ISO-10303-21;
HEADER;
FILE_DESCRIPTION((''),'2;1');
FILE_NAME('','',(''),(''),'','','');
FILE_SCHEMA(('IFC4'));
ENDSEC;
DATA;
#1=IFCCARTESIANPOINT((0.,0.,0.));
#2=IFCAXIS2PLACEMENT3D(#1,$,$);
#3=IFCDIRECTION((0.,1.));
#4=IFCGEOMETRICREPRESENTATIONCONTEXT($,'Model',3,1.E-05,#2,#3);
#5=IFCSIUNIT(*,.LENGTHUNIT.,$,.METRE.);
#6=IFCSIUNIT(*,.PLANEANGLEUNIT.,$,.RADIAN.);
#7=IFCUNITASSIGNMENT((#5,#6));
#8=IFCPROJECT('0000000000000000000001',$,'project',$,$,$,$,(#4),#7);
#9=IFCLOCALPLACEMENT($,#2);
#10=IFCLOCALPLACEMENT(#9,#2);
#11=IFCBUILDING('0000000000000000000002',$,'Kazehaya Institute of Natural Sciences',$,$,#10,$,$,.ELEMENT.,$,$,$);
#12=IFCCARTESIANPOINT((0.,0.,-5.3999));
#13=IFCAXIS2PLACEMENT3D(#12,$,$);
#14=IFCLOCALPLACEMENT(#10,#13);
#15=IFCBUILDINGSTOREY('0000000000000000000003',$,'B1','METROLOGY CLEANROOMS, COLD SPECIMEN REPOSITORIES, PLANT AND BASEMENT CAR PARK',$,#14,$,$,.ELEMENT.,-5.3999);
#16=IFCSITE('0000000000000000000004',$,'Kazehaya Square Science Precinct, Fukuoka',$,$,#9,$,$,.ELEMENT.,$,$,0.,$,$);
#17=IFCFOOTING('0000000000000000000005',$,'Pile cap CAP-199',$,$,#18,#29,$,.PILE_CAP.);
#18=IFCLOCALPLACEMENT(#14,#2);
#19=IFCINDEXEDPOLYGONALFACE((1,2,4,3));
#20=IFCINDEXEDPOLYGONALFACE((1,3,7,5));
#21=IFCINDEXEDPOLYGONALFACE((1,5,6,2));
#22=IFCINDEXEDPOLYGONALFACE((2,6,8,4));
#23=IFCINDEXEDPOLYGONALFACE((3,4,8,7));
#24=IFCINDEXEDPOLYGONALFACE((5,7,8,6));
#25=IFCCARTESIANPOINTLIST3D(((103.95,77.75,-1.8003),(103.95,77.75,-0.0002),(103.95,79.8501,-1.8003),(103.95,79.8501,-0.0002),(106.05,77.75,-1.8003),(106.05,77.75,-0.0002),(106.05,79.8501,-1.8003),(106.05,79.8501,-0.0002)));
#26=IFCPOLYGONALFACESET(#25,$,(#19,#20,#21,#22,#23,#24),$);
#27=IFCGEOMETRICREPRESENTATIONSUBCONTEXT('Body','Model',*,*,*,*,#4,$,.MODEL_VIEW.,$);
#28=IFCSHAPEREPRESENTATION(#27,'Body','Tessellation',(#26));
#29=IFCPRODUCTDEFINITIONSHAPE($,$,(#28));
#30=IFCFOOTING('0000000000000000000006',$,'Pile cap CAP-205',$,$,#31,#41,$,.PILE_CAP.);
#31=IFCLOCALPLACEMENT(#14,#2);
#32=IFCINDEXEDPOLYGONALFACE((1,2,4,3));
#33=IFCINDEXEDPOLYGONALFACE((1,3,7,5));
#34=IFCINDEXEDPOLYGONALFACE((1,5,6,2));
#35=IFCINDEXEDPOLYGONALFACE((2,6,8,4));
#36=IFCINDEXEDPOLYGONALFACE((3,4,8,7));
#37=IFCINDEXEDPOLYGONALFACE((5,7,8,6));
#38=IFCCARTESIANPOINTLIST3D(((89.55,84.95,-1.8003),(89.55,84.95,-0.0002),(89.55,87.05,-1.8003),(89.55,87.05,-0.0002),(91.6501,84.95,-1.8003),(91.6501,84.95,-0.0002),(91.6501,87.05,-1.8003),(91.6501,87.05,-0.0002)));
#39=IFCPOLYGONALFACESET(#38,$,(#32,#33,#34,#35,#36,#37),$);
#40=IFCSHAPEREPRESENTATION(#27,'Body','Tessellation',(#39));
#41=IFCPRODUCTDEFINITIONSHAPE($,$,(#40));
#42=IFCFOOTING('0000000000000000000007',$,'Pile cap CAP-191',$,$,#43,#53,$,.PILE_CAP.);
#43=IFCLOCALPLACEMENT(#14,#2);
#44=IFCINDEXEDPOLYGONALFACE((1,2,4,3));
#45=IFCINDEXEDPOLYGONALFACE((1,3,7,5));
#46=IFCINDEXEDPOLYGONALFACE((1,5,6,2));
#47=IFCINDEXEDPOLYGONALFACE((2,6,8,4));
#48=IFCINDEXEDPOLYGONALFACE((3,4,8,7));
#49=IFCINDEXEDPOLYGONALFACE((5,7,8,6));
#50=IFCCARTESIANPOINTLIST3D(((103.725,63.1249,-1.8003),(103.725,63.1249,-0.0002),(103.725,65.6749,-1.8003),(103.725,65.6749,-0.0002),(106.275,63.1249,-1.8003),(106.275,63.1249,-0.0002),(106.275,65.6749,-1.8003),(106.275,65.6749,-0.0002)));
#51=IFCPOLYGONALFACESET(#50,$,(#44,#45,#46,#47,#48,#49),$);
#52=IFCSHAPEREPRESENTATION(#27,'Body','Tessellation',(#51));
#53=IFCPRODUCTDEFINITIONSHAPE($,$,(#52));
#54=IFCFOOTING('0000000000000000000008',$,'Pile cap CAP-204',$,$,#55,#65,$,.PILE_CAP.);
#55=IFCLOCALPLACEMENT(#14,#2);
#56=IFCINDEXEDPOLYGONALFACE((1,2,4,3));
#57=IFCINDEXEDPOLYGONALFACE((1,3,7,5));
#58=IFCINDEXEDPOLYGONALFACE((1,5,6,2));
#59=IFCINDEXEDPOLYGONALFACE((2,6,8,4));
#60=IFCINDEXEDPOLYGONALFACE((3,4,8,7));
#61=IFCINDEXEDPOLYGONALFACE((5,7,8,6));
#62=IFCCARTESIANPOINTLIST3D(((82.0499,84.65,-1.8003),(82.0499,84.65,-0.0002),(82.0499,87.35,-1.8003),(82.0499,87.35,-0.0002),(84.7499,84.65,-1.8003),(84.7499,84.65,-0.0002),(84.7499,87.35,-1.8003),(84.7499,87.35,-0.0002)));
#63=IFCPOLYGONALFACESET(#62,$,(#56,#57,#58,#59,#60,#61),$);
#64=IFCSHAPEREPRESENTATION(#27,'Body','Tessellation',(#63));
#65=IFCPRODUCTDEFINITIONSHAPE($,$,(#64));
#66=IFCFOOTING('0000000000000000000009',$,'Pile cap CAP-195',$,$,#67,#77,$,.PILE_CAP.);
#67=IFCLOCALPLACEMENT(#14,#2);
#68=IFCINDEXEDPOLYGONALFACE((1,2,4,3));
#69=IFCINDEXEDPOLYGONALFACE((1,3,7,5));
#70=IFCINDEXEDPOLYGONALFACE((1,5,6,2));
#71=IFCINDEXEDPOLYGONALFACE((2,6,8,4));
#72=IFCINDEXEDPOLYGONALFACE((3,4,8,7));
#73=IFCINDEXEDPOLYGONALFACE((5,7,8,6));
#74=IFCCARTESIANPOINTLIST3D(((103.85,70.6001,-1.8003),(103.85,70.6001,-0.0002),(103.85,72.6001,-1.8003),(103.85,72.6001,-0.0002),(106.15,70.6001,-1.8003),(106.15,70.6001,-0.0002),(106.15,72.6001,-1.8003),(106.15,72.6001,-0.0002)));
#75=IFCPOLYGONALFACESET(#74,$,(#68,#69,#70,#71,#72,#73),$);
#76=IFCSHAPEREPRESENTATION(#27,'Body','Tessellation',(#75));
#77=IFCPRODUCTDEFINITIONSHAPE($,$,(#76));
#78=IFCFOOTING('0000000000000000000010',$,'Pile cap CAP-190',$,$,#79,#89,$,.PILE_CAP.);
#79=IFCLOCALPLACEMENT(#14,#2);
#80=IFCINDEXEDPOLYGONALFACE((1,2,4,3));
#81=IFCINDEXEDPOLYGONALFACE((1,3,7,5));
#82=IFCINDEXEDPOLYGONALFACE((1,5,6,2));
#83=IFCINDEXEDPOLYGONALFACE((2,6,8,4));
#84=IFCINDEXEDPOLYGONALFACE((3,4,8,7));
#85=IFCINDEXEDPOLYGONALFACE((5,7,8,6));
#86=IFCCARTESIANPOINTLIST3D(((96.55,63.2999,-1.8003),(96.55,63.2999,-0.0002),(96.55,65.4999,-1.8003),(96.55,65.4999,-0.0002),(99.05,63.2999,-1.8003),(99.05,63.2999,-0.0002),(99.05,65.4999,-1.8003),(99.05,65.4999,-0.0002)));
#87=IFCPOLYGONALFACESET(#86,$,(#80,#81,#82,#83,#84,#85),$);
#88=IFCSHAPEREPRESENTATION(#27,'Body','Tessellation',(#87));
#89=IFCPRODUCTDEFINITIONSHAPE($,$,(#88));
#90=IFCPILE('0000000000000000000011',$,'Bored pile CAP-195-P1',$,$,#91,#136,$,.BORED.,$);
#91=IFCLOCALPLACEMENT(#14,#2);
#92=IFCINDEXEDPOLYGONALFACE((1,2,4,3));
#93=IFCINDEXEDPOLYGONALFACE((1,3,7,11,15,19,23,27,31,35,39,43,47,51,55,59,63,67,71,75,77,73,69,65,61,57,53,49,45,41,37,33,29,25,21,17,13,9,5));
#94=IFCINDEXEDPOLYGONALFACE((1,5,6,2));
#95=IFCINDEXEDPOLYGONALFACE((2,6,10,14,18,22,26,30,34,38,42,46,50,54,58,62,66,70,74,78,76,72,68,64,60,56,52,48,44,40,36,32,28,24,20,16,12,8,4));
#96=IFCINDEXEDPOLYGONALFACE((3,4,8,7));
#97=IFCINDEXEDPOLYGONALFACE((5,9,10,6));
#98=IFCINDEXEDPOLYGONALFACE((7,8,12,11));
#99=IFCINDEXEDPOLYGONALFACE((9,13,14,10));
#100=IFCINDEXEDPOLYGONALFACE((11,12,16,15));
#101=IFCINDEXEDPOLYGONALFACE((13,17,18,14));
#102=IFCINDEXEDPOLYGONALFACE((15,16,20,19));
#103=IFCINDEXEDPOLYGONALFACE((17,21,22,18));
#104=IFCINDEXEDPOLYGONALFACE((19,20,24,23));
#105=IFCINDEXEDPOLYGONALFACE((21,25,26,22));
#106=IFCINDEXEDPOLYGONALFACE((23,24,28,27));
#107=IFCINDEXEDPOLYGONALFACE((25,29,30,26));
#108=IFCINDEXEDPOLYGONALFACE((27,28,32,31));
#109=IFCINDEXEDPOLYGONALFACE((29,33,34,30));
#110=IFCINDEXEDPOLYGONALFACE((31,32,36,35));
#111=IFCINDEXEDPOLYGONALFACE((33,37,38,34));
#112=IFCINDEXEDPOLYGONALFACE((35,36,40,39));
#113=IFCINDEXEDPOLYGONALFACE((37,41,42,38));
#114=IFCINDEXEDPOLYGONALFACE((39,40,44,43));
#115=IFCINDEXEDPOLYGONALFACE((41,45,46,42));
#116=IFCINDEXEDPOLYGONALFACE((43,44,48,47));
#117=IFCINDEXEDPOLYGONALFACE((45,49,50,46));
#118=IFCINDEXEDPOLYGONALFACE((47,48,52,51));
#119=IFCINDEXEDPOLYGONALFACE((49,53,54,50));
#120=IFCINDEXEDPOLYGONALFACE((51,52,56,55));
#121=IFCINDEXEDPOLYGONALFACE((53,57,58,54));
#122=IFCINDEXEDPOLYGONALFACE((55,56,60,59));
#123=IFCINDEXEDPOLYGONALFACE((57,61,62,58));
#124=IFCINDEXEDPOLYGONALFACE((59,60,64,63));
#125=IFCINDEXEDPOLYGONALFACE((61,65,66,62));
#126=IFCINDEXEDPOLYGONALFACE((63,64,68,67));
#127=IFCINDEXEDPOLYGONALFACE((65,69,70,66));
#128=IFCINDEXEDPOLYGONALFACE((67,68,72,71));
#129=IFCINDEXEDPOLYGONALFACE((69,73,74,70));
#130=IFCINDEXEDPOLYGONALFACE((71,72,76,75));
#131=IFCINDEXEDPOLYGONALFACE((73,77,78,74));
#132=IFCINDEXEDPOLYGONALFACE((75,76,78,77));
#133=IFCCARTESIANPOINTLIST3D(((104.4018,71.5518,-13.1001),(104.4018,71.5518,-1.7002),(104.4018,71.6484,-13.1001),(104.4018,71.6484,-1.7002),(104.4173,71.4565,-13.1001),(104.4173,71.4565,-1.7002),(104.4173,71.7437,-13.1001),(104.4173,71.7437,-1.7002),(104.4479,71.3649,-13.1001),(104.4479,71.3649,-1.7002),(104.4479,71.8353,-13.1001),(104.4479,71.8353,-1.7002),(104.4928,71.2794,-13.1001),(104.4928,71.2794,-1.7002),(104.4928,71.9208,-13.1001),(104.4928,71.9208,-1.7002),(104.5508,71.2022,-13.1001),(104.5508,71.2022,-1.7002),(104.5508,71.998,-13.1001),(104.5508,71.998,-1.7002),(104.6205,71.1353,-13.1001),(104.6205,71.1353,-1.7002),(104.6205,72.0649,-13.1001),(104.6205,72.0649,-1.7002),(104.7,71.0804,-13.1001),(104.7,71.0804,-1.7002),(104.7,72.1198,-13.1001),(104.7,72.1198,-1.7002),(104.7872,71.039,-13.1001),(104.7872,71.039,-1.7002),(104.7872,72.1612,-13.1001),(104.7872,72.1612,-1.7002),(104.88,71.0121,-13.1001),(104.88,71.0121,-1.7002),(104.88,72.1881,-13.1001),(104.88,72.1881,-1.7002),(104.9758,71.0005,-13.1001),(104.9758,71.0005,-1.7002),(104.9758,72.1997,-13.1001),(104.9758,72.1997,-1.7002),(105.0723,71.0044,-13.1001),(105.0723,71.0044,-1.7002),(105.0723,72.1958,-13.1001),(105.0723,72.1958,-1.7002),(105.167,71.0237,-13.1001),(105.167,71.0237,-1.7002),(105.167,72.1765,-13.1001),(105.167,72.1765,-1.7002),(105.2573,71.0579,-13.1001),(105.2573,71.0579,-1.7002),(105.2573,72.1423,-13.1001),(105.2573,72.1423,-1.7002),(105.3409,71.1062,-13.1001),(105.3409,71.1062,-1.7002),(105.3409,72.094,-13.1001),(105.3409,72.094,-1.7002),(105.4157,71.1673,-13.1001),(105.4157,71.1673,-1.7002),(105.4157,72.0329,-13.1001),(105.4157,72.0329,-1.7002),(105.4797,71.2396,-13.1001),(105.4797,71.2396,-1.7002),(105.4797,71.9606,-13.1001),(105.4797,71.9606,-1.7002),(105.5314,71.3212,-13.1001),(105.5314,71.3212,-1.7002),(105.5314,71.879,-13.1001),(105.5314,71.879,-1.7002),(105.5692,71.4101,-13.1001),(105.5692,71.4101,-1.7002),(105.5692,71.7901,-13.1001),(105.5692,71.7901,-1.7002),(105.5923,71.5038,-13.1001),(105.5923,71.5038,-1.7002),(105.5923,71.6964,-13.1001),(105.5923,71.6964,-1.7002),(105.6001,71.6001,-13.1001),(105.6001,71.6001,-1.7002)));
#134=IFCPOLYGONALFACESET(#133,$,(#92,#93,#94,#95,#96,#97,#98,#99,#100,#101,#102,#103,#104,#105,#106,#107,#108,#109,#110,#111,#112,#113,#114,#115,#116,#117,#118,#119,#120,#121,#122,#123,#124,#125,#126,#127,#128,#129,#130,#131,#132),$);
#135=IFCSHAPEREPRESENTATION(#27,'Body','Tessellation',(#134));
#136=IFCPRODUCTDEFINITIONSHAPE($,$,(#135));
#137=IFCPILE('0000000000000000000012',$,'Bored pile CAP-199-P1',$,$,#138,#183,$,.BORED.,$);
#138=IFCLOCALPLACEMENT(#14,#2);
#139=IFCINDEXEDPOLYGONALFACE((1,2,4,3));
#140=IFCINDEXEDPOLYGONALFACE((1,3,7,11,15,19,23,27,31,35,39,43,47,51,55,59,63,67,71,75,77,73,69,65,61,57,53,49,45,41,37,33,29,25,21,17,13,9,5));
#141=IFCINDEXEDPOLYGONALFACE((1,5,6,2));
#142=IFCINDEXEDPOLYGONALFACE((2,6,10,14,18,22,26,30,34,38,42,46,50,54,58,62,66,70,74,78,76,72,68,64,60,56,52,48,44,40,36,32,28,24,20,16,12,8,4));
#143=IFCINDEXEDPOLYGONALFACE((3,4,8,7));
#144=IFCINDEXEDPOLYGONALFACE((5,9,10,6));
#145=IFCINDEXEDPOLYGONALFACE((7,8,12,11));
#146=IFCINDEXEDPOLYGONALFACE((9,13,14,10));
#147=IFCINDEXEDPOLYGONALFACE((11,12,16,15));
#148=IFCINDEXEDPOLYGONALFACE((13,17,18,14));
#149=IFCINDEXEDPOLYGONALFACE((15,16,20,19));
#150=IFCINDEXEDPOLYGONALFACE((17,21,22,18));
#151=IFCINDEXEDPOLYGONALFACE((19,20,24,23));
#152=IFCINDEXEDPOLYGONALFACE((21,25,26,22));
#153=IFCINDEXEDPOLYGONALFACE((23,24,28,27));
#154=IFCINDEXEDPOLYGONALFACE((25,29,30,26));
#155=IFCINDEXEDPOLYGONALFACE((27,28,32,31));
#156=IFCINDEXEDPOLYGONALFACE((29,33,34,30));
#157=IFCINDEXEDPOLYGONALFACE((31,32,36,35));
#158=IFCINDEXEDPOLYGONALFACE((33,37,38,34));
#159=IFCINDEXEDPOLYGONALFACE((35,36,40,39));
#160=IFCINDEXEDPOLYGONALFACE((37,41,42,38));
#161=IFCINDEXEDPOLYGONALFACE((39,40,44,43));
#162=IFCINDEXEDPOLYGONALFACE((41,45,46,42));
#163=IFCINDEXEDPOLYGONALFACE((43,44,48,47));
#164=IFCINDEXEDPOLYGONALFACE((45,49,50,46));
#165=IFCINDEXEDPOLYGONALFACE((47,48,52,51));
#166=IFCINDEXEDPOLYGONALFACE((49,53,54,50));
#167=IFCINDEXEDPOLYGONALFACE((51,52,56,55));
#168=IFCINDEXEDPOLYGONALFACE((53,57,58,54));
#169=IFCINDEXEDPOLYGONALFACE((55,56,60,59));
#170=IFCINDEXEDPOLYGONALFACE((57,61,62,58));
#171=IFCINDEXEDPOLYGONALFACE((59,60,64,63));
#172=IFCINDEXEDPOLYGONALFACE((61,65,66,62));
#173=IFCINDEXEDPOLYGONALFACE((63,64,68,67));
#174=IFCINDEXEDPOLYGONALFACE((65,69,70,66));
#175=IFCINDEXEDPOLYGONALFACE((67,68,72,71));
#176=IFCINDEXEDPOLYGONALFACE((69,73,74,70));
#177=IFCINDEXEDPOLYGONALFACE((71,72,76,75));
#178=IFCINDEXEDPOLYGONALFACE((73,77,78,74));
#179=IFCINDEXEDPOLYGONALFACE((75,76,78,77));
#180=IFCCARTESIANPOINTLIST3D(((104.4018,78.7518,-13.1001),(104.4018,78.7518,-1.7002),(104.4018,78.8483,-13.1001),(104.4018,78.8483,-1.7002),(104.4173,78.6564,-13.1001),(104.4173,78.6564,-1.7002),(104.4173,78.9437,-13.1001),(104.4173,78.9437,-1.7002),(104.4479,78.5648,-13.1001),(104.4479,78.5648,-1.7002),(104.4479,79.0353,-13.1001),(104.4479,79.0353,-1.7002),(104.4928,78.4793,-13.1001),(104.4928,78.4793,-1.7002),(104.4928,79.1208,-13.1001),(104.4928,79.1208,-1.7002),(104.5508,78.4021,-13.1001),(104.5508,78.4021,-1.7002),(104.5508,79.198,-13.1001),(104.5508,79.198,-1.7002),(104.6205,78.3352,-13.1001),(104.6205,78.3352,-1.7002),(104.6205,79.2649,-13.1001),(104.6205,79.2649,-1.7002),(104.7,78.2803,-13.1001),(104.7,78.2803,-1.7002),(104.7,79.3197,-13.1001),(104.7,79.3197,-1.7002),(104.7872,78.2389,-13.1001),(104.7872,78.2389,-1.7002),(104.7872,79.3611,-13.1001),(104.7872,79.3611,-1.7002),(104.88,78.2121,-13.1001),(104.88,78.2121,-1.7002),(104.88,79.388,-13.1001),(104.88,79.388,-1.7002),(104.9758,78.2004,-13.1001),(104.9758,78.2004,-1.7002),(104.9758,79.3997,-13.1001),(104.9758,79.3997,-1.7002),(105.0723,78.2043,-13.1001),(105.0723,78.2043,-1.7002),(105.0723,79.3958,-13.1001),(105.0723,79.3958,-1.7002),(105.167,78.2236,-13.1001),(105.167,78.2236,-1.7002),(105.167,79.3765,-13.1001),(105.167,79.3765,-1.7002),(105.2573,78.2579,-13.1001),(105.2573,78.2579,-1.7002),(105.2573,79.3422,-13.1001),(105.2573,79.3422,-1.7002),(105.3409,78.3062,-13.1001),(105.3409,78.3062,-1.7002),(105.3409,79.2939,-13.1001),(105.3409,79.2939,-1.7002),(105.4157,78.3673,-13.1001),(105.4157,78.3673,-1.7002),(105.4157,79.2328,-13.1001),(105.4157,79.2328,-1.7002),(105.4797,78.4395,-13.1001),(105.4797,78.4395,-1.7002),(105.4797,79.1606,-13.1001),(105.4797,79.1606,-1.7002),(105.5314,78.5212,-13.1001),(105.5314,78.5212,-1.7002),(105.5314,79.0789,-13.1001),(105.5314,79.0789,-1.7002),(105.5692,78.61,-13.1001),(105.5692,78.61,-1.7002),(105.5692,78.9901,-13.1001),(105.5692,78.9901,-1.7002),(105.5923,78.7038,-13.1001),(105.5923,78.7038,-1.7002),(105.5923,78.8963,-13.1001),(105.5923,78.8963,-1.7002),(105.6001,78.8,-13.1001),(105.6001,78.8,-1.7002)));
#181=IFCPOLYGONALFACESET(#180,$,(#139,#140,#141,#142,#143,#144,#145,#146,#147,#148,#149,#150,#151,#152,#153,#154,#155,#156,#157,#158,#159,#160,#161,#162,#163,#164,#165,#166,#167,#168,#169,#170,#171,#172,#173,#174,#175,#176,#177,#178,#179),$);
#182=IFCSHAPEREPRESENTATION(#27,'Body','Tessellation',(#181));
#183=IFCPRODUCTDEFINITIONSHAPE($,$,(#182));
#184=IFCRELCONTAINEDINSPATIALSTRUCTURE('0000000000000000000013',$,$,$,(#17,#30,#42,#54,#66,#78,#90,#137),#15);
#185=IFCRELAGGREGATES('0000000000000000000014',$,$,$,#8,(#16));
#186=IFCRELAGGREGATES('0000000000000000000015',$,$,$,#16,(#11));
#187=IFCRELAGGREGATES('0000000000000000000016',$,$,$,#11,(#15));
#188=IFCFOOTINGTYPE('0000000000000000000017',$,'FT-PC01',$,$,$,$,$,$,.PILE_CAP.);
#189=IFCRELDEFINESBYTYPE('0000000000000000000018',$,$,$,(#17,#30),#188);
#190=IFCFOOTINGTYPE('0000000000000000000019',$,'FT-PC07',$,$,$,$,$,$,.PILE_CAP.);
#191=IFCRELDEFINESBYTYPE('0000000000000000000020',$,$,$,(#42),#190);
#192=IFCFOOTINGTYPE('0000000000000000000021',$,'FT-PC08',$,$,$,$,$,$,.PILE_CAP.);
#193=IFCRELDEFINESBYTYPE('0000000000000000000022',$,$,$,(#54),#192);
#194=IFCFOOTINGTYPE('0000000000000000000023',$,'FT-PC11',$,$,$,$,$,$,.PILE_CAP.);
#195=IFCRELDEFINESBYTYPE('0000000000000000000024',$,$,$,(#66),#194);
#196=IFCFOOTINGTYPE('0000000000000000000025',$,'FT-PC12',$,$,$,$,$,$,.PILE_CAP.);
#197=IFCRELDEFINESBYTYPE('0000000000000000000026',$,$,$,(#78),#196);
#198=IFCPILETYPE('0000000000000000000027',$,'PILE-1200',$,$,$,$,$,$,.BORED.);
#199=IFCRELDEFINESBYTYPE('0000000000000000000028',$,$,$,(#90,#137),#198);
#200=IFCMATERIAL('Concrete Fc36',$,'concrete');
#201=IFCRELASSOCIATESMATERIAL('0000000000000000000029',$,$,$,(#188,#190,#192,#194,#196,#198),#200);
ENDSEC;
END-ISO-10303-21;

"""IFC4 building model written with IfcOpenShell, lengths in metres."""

from ifc_helpers import new_model, si_unit, direction, frame, origin, origin_2d, place, context, subcontext, project, spatial, rectangle, circle, extrude, material, material_profile, profile_set, type_object, element, save


model = new_model("IFC4")

# Units and contexts
model_context = context("Model", 3, precision=1e-05, world=origin(), true_north=direction((0.0, 1.0)))
body_context = subcontext(model_context, "Body", "Model", "MODEL_VIEW")
ifc_project = project(units=[si_unit("LENGTHUNIT", "METRE"), si_unit("PLANEANGLEUNIT", "RADIAN")], contexts=[model_context])

# Site, building, storey
site_placement = place(None, origin())
site = spatial("IfcSite", under=ifc_project, at=site_placement, Name="Kazehaya Square Science Precinct, Fukuoka", CompositionType="ELEMENT", RefElevation=0.0)
building_placement = place(site_placement, origin())
building = spatial("IfcBuilding", under=site, at=building_placement, Name="Kazehaya Institute of Natural Sciences", CompositionType="ELEMENT")
storey_placement = place(building_placement, frame((0.0, 0.0, -5.3999)))
storey = spatial("IfcBuildingStorey", under=building, at=storey_placement, Name="B1", Description="METROLOGY CLEANROOMS, COLD SPECIMEN REPOSITORIES, PLANT AND BASEMENT CAR PARK", CompositionType="ELEMENT", Elevation=-5.3999)

# Footings
ifc_material_1 = material(Name="Concrete Fc36", Category="concrete")
footing_type_1 = type_object("IfcFootingType", Name="FT-PC01", PredefinedType="PILE_CAP", material=ifc_material_1)
for number, where, z_axis, x_axis, name in (
    (1, (105.0, 78.8, -1.8003), (0.0, 0.0, 1.0), (1.0, 0.0, 0.0), "Pile cap CAP-199"),
    (2, (90.6001, 86.0, -1.8003), (0.0, 0.0, 1.0), (1.0, 0.0, 0.0), "Pile cap CAP-205"),
):
    element("IfcFooting", number, at=place(storey_placement, frame(where, z_axis=z_axis, x_axis=x_axis)), inside=storey, type_object=footing_type_1, Name=name, PredefinedType="PILE_CAP", context=body_context, shape_type="SweptSolid", body=[
        extrude(rectangle(XDim=2.1001, YDim=2.1001, at=origin_2d()), origin(), (0.0, 0.0, 1.0), 1.8),
    ])
footing_type_2 = type_object("IfcFootingType", Name="FT-PC07", PredefinedType="PILE_CAP", material=ifc_material_1)
footing_1_placement = place(storey_placement, frame((105.0, 64.3999, -1.8003), z_axis=(0.0, 0.0, 1.0), x_axis=(1.0, 0.0, 0.0)))
element("IfcFooting", 3, at=footing_1_placement, inside=storey, type_object=footing_type_2, Name="Pile cap CAP-191", PredefinedType="PILE_CAP", context=body_context, shape_type="SweptSolid", body=[
    extrude(rectangle(XDim=2.55, YDim=2.55, at=origin_2d()), origin(), (0.0, 0.0, 1.0), 1.8),
])
footing_type_3 = type_object("IfcFootingType", Name="FT-PC08", PredefinedType="PILE_CAP", material=ifc_material_1)
footing_2_placement = place(storey_placement, frame((83.3999, 86.0, -1.8003), z_axis=(0.0, 0.0, 1.0), x_axis=(1.0, 0.0, 0.0)))
element("IfcFooting", 4, at=footing_2_placement, inside=storey, type_object=footing_type_3, Name="Pile cap CAP-204", PredefinedType="PILE_CAP", context=body_context, shape_type="SweptSolid", body=[
    extrude(rectangle(XDim=2.7, YDim=2.7, at=origin_2d()), origin(), (0.0, 0.0, 1.0), 1.8),
])
footing_type_4 = type_object("IfcFootingType", Name="FT-PC11", PredefinedType="PILE_CAP", material=ifc_material_1)
footing_3_placement = place(storey_placement, frame((105.0, 71.6001, -1.8003), z_axis=(0.0, 0.0, 1.0), x_axis=(1.0, 0.0, 0.0)))
element("IfcFooting", 5, at=footing_3_placement, inside=storey, type_object=footing_type_4, Name="Pile cap CAP-195", PredefinedType="PILE_CAP", context=body_context, shape_type="SweptSolid", body=[
    extrude(rectangle(XDim=2.3, YDim=2.0, at=origin_2d()), origin(), (0.0, 0.0, 1.0), 1.8),
])
footing_type_5 = type_object("IfcFootingType", Name="FT-PC12", PredefinedType="PILE_CAP", material=ifc_material_1)
footing_4_placement = place(storey_placement, frame((97.8, 64.3999, -1.8003), z_axis=(0.0, 0.0, 1.0), x_axis=(1.0, 0.0, 0.0)))
element("IfcFooting", 6, at=footing_4_placement, inside=storey, type_object=footing_type_5, Name="Pile cap CAP-190", PredefinedType="PILE_CAP", context=body_context, shape_type="SweptSolid", body=[
    extrude(rectangle(XDim=2.5, YDim=2.2, at=origin_2d()), origin(), (0.0, 0.0, 1.0), 1.8),
])

# Piles
ifc_material_profile_1 = material_profile(ifc_material_1, circle(Radius=0.6001, at=origin_2d()), Name="PILE-1200")
ifc_profile_set_1 = profile_set([ifc_material_profile_1], Name="Concrete Fc36")
pile_type_1 = type_object("IfcPileType", Name="PILE-1200", PredefinedType="BORED", material=ifc_profile_set_1)
for number, where, z_axis, x_axis, name in (
    (7, (105.0, 71.6001, -1.7002), (0.0, 0.0, -1.0), (1.0, 0.0, 0.0), "Bored pile CAP-195-P1"),
    (8, (105.0, 78.8, -1.7002), (0.0, 0.0, -1.0), (1.0, 0.0, 0.0), "Bored pile CAP-199-P1"),
):
    element("IfcPile", number, at=place(storey_placement, frame(where, z_axis=z_axis, x_axis=x_axis)), inside=storey, type_object=pile_type_1, Name=name, PredefinedType="BORED", context=body_context, shape_type="SweptSolid", body=[
        extrude(circle(Radius=0.6001, at=origin_2d()), origin(), (0.0, 0.0, 1.0), 11.3999),
    ])

save(model, "model.ifc")
